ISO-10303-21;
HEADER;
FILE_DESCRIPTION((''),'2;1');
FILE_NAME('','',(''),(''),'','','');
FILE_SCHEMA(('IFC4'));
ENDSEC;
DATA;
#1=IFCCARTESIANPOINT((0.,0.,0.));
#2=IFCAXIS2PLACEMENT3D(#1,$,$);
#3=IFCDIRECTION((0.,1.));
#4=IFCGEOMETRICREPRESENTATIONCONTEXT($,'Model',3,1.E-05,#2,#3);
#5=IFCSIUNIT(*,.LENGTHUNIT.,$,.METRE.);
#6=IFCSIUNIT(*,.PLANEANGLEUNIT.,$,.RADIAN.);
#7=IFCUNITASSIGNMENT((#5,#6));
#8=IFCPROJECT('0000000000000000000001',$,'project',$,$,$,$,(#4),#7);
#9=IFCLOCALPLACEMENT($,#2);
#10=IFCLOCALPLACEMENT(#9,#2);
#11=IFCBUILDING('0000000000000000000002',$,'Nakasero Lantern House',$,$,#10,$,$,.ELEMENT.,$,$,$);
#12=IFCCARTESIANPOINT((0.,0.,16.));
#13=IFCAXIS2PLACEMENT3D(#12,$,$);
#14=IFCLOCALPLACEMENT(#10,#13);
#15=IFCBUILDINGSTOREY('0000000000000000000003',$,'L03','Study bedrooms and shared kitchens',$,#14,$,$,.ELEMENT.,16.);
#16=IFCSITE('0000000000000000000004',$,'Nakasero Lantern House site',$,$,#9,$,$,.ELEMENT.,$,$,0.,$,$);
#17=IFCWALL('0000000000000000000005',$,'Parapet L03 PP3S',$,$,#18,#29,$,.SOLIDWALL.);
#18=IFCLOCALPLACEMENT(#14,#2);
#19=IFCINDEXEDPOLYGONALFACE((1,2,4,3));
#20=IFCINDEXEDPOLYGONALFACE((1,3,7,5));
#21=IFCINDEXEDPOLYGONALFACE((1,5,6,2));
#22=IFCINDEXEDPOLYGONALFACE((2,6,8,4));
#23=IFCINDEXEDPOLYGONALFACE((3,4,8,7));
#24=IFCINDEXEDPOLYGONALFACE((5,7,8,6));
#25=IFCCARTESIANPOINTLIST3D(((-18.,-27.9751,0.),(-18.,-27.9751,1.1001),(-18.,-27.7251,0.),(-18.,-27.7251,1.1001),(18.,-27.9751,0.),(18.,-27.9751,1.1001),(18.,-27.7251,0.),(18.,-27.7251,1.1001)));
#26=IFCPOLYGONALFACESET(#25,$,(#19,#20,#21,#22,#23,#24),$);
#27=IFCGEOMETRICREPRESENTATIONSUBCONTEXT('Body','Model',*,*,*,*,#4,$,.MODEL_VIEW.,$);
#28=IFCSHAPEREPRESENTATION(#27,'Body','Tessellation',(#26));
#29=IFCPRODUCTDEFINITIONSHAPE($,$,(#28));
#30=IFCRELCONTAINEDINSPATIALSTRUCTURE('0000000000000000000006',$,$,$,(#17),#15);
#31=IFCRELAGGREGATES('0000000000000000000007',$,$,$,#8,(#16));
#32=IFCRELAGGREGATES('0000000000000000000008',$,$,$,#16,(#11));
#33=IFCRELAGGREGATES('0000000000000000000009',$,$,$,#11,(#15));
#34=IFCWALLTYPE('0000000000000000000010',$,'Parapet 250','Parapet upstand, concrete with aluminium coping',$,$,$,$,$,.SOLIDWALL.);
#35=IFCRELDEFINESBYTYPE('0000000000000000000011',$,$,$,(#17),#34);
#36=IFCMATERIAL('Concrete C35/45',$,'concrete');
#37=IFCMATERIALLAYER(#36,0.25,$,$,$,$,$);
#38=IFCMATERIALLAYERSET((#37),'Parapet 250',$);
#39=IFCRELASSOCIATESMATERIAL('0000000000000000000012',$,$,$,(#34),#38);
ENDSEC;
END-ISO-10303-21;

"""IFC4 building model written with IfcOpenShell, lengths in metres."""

from ifc_helpers import new_model, si_unit, direction, frame, frame_2d, origin, place, context, subcontext, project, spatial, rectangle, extrude, material, layer, layer_set, type_object, element, save


model = new_model("IFC4")

# Units and contexts
model_context = context("Model", 3, precision=1e-05, world=origin(), true_north=direction((0.0, 1.0)))
body_context = subcontext(model_context, "Body", "Model", "MODEL_VIEW")
ifc_project = project(units=[si_unit("LENGTHUNIT", "METRE"), si_unit("PLANEANGLEUNIT", "RADIAN")], contexts=[model_context])

# Site, building, storey
site_placement = place(None, origin())
site = spatial("IfcSite", under=ifc_project, at=site_placement, Name="Nakasero Lantern House site", CompositionType="ELEMENT", RefElevation=0.0)
building_placement = place(site_placement, origin())
building = spatial("IfcBuilding", under=site, at=building_placement, Name="Nakasero Lantern House", CompositionType="ELEMENT")
storey_placement = place(building_placement, frame((0.0, 0.0, 16.0)))
storey = spatial("IfcBuildingStorey", under=building, at=storey_placement, Name="L03", Description="Study bedrooms and shared kitchens", CompositionType="ELEMENT", Elevation=16.0)

# Wall
ifc_material_1 = material(Name="Concrete C35/45", Category="concrete")
ifc_layer_1 = layer(ifc_material_1, 0.25)
ifc_layer_set_1 = layer_set([ifc_layer_1], Name="Parapet 250")
wall_type_1 = type_object("IfcWallType", Name="Parapet 250", Description="Parapet upstand, concrete with aluminium coping", PredefinedType="SOLIDWALL", material=ifc_layer_set_1)
wall_1_placement = place(storey_placement, frame((-18.0, -27.8501, 0.0), z_axis=(0.0, 0.0, 1.0), x_axis=(1.0, 0.0, 0.0)))
element("IfcWall", 1, at=wall_1_placement, inside=storey, type_object=wall_type_1, Name="Parapet L03 PP3S", PredefinedType="SOLIDWALL", context=body_context, shape_type="SweptSolid", body=[
    extrude(rectangle(XDim=36.0, YDim=0.25, at=frame_2d((18.0, 0.0))), origin(), (0.0, 0.0, 1.0), 1.1001),
])

save(model, "model.ifc")
